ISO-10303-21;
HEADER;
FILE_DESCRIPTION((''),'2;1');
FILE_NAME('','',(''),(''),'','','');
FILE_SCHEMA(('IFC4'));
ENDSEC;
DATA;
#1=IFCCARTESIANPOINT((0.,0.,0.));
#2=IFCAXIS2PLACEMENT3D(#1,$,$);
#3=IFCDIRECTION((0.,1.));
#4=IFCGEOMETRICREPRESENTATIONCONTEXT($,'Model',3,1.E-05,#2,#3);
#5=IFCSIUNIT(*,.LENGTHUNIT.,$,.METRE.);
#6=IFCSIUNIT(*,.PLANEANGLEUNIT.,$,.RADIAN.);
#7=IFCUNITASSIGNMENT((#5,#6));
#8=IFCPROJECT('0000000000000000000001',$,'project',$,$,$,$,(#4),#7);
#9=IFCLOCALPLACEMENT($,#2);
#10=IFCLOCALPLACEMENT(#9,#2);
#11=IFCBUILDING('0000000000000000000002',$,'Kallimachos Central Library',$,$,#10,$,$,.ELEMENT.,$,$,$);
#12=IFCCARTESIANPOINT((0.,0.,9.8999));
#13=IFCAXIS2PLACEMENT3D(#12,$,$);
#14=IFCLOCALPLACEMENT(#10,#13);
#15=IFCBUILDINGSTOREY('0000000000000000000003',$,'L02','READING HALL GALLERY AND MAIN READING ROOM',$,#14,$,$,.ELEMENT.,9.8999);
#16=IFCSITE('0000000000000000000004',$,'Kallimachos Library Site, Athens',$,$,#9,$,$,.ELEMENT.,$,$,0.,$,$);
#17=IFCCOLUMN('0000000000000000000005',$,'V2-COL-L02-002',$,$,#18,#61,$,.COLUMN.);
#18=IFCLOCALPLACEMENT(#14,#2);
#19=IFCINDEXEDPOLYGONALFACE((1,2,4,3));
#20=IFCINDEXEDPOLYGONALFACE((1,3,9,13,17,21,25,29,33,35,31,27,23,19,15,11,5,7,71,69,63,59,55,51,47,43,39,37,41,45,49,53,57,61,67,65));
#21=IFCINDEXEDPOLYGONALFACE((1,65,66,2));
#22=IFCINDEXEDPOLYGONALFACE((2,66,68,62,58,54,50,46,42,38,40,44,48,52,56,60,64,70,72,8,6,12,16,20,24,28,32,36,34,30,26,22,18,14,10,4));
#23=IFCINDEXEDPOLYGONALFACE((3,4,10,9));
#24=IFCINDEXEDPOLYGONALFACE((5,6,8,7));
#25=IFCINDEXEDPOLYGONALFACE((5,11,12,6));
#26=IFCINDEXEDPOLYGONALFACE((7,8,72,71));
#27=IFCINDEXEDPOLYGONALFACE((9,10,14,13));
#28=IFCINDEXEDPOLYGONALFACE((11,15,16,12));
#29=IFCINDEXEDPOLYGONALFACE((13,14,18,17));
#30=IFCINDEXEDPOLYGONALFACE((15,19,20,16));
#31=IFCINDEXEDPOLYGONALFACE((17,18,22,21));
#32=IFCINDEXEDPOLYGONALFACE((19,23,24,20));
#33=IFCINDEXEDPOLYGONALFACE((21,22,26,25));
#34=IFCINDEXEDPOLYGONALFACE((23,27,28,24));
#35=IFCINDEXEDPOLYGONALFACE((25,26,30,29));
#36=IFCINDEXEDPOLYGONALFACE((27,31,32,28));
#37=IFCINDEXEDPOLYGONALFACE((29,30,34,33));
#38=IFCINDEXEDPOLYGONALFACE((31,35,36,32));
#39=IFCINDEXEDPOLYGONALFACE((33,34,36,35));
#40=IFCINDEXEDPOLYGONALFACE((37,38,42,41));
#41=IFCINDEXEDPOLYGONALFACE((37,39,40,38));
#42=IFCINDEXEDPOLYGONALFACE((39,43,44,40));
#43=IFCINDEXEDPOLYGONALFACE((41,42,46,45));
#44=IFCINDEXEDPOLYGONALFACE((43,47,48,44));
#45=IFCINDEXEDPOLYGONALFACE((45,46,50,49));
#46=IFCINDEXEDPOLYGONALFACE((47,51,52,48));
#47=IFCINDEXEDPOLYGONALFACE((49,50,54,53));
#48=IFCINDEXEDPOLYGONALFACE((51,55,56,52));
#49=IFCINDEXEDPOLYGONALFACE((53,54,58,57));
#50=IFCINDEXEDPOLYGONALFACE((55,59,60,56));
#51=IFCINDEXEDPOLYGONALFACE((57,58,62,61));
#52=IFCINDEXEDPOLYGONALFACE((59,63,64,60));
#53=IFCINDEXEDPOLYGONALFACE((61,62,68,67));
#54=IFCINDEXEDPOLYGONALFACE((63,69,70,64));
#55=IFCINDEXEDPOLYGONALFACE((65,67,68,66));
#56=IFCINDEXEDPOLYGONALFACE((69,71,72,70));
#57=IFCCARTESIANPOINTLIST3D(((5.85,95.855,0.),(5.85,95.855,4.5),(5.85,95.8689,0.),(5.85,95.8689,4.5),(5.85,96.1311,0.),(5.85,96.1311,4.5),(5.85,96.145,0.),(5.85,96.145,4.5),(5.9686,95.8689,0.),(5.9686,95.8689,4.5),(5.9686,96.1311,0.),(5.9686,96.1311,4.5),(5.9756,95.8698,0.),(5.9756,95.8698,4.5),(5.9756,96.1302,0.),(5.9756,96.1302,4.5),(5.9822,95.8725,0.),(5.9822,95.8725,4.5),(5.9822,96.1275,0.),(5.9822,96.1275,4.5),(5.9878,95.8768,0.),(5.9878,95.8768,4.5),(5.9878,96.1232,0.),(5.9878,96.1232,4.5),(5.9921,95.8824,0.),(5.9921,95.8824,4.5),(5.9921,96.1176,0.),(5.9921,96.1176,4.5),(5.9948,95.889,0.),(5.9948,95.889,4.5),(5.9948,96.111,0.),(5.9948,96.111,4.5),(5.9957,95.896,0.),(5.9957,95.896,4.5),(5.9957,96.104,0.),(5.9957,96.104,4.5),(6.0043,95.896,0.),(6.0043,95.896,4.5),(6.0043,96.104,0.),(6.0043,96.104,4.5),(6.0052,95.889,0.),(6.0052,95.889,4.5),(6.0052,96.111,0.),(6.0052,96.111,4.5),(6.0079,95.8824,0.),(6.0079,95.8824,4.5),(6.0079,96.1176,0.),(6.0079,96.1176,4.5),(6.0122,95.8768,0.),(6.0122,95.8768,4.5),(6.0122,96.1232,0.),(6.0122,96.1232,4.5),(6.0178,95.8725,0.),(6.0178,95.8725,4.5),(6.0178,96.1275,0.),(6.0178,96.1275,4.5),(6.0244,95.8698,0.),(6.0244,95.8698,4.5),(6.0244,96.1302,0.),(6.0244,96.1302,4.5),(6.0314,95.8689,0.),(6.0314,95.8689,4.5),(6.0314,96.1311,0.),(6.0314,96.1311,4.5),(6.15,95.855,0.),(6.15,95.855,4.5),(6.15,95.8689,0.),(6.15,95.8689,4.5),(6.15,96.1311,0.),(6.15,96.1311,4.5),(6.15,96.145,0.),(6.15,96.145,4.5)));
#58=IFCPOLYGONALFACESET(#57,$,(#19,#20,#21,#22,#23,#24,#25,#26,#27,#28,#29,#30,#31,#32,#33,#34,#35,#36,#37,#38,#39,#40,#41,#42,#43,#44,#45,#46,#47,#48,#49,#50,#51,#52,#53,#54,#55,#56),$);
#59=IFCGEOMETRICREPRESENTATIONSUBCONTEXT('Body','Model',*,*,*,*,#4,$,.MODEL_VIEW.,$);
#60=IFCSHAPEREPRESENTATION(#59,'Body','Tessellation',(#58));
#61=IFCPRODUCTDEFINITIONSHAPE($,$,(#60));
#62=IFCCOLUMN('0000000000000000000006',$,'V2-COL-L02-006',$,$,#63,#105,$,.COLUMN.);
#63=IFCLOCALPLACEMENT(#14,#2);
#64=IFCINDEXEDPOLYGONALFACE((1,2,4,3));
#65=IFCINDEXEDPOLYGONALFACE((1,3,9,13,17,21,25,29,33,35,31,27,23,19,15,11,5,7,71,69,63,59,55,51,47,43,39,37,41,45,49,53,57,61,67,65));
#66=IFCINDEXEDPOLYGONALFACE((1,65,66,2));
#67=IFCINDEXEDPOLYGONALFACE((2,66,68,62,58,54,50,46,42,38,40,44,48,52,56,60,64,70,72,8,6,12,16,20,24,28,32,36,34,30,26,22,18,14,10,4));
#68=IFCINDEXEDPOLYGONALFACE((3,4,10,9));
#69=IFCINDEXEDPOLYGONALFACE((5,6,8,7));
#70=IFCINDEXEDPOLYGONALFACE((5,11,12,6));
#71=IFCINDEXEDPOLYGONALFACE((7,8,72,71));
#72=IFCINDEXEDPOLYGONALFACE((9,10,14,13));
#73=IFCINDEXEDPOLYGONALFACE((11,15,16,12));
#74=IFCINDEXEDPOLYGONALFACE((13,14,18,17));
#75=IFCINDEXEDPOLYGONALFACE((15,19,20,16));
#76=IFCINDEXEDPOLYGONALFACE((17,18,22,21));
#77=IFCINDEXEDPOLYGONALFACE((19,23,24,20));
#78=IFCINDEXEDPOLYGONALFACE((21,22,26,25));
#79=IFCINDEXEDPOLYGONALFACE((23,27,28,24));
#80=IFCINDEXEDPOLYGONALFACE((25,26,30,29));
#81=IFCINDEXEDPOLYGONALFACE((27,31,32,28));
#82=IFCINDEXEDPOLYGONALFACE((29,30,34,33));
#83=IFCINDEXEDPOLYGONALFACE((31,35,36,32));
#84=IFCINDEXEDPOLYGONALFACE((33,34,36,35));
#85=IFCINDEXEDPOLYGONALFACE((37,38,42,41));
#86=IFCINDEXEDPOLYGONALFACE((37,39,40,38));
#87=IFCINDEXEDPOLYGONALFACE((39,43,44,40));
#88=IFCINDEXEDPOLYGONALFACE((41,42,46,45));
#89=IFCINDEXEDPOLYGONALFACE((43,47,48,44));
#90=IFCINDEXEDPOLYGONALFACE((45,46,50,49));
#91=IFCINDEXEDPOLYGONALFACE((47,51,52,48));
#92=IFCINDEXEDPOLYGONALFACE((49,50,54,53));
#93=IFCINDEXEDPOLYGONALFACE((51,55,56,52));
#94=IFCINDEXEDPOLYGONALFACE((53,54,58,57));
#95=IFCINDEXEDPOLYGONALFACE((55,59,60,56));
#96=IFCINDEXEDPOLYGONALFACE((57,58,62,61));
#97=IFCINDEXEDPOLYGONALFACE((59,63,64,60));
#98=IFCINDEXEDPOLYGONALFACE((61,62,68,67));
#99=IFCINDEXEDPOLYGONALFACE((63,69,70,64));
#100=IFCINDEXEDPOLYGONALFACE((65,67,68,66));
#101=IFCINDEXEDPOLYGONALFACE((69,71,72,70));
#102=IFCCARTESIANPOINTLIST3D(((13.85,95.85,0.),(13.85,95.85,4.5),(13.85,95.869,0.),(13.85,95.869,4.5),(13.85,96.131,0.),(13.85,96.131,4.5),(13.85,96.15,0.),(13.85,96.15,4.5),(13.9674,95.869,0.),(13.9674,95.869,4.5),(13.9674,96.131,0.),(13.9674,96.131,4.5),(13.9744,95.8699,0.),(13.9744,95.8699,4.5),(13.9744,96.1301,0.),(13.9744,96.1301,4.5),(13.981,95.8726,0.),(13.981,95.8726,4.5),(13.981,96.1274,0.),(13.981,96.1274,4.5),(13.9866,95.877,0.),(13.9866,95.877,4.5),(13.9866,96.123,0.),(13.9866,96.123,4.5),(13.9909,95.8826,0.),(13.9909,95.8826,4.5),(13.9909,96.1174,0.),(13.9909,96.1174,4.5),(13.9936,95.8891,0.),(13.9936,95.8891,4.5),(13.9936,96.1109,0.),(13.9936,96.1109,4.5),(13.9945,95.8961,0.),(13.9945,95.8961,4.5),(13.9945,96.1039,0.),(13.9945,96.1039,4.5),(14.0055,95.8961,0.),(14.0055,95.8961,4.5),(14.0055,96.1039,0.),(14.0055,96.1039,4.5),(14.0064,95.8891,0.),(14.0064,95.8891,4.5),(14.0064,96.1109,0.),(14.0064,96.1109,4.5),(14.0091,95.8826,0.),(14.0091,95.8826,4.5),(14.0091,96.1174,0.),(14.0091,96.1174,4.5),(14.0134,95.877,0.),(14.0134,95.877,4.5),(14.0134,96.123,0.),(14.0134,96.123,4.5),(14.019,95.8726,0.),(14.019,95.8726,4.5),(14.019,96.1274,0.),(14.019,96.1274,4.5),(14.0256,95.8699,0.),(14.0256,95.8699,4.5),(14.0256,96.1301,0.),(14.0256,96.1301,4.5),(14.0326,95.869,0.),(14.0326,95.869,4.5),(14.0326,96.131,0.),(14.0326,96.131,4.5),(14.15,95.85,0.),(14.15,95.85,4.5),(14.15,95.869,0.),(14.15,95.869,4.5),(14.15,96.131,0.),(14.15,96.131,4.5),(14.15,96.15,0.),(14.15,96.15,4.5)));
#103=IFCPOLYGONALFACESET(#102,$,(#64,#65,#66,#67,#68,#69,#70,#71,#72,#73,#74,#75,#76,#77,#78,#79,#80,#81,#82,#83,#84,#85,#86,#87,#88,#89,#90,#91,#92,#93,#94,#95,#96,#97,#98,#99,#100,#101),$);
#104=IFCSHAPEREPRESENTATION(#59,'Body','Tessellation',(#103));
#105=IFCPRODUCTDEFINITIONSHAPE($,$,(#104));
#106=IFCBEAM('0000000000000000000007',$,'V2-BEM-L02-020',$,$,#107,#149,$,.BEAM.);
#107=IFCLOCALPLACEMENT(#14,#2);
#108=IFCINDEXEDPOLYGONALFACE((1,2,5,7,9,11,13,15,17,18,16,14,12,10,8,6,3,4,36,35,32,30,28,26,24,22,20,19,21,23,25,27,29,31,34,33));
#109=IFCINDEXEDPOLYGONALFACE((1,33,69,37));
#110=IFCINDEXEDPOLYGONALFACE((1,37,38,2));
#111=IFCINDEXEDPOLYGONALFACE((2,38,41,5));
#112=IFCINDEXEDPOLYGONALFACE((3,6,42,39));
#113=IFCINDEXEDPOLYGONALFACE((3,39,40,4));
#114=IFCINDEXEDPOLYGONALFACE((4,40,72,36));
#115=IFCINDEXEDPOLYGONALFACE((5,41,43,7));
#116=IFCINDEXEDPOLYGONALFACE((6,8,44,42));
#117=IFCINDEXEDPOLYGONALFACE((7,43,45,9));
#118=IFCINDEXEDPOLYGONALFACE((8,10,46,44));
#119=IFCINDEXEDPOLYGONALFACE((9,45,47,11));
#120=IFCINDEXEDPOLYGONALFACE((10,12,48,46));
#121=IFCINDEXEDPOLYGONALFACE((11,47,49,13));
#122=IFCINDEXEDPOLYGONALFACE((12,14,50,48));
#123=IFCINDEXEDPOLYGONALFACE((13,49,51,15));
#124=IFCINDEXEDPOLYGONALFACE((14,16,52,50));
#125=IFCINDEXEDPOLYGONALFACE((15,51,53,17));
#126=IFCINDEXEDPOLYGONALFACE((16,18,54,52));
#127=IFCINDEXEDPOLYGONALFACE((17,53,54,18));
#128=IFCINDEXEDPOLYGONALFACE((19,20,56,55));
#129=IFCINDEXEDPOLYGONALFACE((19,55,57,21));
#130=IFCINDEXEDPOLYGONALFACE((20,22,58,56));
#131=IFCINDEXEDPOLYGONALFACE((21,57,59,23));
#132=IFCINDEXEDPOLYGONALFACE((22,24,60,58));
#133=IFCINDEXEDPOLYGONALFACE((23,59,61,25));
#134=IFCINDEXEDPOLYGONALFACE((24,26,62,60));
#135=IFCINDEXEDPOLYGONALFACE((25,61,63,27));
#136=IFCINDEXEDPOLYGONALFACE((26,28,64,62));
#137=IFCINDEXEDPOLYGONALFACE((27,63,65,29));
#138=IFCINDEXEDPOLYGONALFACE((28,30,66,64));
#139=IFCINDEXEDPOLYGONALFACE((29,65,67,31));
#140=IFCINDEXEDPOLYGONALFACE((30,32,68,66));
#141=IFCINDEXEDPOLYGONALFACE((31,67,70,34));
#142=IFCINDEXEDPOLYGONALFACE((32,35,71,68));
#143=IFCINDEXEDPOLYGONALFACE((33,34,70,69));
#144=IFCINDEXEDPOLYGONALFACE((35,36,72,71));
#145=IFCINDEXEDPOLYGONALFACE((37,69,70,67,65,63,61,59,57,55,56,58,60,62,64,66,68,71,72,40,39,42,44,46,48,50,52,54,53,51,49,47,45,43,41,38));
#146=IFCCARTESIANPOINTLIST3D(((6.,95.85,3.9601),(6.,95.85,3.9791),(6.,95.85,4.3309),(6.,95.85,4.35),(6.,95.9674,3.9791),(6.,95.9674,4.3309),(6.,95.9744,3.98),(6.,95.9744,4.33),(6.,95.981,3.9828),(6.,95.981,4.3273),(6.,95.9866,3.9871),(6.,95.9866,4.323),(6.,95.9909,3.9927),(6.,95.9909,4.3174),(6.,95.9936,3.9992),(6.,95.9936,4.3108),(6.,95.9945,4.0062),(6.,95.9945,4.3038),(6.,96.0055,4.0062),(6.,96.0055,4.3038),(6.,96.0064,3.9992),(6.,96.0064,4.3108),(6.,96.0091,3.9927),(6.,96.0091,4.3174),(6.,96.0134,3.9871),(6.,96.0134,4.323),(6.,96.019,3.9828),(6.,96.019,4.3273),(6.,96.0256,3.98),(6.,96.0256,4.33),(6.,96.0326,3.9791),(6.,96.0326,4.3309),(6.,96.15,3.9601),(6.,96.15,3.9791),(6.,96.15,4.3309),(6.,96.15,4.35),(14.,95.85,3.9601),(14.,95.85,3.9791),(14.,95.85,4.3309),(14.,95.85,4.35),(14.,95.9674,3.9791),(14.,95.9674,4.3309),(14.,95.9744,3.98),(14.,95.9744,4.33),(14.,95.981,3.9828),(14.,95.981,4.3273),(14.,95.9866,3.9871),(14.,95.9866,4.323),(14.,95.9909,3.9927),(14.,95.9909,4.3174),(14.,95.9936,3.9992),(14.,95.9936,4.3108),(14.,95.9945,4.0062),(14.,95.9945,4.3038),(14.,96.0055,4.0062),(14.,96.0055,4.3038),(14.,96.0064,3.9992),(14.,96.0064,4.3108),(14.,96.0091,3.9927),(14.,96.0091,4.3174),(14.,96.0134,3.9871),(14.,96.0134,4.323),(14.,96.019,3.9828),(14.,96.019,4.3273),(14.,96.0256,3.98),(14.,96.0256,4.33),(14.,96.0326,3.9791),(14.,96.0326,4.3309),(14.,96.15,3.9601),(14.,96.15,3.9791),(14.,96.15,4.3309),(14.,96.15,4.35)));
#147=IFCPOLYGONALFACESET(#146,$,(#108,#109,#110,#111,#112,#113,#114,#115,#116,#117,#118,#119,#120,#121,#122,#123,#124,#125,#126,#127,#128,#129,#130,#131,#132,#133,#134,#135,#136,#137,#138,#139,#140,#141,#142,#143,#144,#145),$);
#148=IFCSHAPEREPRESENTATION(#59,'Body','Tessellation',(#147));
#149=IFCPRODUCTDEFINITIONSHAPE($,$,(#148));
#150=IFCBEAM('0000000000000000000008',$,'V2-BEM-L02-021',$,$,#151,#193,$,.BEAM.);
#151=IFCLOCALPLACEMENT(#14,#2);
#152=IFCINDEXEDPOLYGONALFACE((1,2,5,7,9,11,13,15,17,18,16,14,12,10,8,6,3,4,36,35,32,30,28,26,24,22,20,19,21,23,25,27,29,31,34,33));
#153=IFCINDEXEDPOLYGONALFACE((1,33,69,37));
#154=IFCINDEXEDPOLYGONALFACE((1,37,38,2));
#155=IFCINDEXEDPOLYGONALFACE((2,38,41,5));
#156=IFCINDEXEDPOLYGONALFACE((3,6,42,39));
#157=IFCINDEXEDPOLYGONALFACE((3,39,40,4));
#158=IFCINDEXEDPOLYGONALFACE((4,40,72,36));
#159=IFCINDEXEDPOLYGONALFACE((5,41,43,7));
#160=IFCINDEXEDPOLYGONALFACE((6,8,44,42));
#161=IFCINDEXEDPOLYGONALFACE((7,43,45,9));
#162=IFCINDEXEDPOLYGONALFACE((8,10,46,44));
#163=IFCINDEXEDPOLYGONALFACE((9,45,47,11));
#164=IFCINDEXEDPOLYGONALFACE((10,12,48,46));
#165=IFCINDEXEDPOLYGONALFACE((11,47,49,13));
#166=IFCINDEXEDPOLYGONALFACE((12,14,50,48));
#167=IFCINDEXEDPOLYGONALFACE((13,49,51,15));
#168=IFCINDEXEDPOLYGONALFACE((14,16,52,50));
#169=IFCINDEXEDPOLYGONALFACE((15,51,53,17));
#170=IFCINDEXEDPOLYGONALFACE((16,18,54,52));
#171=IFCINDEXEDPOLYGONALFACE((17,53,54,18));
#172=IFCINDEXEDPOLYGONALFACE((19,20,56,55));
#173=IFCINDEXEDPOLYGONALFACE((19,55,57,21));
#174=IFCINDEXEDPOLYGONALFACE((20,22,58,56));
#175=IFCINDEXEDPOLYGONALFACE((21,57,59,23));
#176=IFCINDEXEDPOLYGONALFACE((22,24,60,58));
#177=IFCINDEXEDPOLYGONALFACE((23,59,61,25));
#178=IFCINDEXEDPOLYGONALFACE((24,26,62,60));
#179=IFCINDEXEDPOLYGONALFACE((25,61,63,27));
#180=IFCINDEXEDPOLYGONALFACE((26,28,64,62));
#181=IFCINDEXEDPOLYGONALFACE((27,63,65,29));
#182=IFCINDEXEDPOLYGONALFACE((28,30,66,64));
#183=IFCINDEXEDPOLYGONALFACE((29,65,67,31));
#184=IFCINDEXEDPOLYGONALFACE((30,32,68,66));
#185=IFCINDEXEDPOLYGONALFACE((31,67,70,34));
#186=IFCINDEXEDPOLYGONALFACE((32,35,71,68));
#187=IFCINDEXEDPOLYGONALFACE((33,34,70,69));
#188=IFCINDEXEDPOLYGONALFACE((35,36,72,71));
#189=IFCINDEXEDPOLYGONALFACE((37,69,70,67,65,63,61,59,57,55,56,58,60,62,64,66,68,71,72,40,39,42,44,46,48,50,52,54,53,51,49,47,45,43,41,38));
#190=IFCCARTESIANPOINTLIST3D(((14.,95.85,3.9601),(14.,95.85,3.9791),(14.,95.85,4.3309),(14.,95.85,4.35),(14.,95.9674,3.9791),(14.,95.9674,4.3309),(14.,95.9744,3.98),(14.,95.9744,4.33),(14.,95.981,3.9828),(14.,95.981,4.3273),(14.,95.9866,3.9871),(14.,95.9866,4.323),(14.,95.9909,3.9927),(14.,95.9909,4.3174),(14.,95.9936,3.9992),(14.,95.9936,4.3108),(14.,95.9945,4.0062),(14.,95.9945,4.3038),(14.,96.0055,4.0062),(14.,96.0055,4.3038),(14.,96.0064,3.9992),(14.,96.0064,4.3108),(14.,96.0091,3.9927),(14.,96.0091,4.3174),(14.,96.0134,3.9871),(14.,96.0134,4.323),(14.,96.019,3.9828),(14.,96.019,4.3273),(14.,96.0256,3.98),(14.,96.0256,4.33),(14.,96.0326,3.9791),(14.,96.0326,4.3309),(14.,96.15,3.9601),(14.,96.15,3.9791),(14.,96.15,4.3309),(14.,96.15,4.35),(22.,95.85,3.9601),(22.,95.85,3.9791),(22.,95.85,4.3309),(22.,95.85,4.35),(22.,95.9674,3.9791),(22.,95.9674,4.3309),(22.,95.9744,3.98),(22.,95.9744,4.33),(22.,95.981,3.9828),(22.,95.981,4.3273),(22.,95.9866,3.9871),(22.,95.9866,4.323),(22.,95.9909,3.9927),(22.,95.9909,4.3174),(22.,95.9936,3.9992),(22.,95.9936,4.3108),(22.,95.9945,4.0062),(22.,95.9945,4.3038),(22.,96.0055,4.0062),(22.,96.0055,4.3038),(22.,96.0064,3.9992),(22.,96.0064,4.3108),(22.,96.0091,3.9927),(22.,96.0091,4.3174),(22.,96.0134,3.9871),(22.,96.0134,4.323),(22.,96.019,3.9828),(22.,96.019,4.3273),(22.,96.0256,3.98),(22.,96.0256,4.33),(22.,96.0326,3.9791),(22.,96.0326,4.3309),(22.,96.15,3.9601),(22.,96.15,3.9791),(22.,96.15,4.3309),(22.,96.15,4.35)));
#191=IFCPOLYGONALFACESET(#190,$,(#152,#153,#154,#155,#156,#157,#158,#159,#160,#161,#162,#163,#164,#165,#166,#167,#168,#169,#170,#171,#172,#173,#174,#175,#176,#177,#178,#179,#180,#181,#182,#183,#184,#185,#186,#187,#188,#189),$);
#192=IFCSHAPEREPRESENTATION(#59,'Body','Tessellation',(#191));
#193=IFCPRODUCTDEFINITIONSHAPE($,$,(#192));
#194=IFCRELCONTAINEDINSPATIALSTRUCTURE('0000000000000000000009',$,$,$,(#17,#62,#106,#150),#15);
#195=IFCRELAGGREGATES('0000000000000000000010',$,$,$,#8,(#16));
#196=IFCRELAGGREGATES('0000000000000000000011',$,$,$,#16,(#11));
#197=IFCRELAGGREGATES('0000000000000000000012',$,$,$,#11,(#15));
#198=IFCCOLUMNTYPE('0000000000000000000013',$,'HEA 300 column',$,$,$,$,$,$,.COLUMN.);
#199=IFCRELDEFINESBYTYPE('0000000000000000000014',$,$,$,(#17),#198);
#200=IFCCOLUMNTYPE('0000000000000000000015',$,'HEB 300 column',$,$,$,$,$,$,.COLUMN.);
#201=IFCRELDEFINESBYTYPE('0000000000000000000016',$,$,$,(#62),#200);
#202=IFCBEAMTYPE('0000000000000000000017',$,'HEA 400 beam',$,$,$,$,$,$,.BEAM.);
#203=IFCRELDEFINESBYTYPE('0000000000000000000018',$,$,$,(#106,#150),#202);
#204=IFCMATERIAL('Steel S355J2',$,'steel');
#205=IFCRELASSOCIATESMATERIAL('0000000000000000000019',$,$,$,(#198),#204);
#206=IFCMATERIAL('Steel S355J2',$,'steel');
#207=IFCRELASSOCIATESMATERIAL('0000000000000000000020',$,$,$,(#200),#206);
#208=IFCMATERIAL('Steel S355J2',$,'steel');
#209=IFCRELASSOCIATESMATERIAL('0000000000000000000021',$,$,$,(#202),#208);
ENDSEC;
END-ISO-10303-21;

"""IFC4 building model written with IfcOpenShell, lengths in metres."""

from ifc_helpers import new_model, si_unit, direction, frame, origin, origin_2d, place, context, subcontext, project, spatial, i_section, extrude, material, material_profile, profile_set, type_object, element, save


model = new_model("IFC4")

# Units and contexts
model_context = context("Model", 3, precision=1e-05, world=origin(), true_north=direction((0.0, 1.0)))
body_context = subcontext(model_context, "Body", "Model", "MODEL_VIEW")
ifc_project = project(units=[si_unit("LENGTHUNIT", "METRE"), si_unit("PLANEANGLEUNIT", "RADIAN")], contexts=[model_context])

# Site, building, storey
site_placement = place(None, origin())
site = spatial("IfcSite", under=ifc_project, at=site_placement, Name="Kallimachos Library Site, Athens", CompositionType="ELEMENT", RefElevation=0.0)
building_placement = place(site_placement, origin())
building = spatial("IfcBuilding", under=site, at=building_placement, Name="Kallimachos Central Library", CompositionType="ELEMENT")
storey_placement = place(building_placement, frame((0.0, 0.0, 9.8999)))
storey = spatial("IfcBuildingStorey", under=building, at=storey_placement, Name="L02", Description="READING HALL GALLERY AND MAIN READING ROOM", CompositionType="ELEMENT", Elevation=9.8999)

# Columns
ifc_material_1 = material(Name="Steel S355J2", Category="steel")
ifc_material_profile_1 = material_profile(ifc_material_1, i_section(OverallWidth=0.3, OverallDepth=0.29, WebThickness=0.0085, FlangeThickness=0.0139, FilletRadius=0.0271, at=origin_2d()), Name="HEA 300")
ifc_profile_set_1 = profile_set([ifc_material_profile_1], Name="Steel S355J2")
column_type_1 = type_object("IfcColumnType", Name="HEA 300 column", PredefinedType="COLUMN", material=ifc_profile_set_1)
column_1_placement = place(storey_placement, frame((6.0, 96.0, 0.0), z_axis=(0.0, 0.0, 1.0), x_axis=(1.0, 0.0, 0.0)))
element("IfcColumn", 1, at=column_1_placement, inside=storey, type_object=column_type_1, Name="V2-COL-L02-002", PredefinedType="COLUMN", context=body_context, shape_type="SweptSolid", body=[
    extrude(i_section(OverallWidth=0.3, OverallDepth=0.29, WebThickness=0.0085, FlangeThickness=0.0139, FilletRadius=0.0271, at=origin_2d()), origin(), (0.0, 0.0, 1.0), 4.5),
])
ifc_material_2 = material(Name="Steel S355J2", Category="steel")
ifc_material_profile_2 = material_profile(ifc_material_2, i_section(OverallWidth=0.3, OverallDepth=0.3, WebThickness=0.011, FlangeThickness=0.019, FilletRadius=0.0271, at=origin_2d()), Name="HEB 300")
ifc_profile_set_2 = profile_set([ifc_material_profile_2], Name="Steel S355J2")
column_type_2 = type_object("IfcColumnType", Name="HEB 300 column", PredefinedType="COLUMN", material=ifc_profile_set_2)
column_2_placement = place(storey_placement, frame((14.0, 96.0, 0.0), z_axis=(0.0, 0.0, 1.0), x_axis=(1.0, 0.0, 0.0)))
element("IfcColumn", 2, at=column_2_placement, inside=storey, type_object=column_type_2, Name="V2-COL-L02-006", PredefinedType="COLUMN", context=body_context, shape_type="SweptSolid", body=[
    extrude(i_section(OverallWidth=0.3, OverallDepth=0.3, WebThickness=0.011, FlangeThickness=0.019, FilletRadius=0.0271, at=origin_2d()), origin(), (0.0, 0.0, 1.0), 4.5),
])

# Beams
ifc_material_3 = material(Name="Steel S355J2", Category="steel")
ifc_material_profile_3 = material_profile(ifc_material_3, i_section(OverallWidth=0.3, OverallDepth=0.3899, WebThickness=0.011, FlangeThickness=0.019, FilletRadius=0.0271, at=origin_2d()), Name="HEA 400")
ifc_profile_set_3 = profile_set([ifc_material_profile_3], Name="Steel S355J2")
beam_type_1 = type_object("IfcBeamType", Name="HEA 400 beam", PredefinedType="BEAM", material=ifc_profile_set_3)
for number, where, z_axis, x_axis, name in (
    (3, (6.0, 96.0, 4.155), (1.0, 0.0, 0.0), (0.0, 1.0, 0.0), "V2-BEM-L02-020"),
    (4, (14.0, 96.0, 4.155), (1.0, 0.0, 0.0), (0.0, 1.0, 0.0), "V2-BEM-L02-021"),
):
    element("IfcBeam", number, at=place(storey_placement, frame(where, z_axis=z_axis, x_axis=x_axis)), inside=storey, type_object=beam_type_1, Name=name, PredefinedType="BEAM", context=body_context, shape_type="SweptSolid", body=[
        extrude(i_section(OverallWidth=0.3, OverallDepth=0.3899, WebThickness=0.011, FlangeThickness=0.019, FilletRadius=0.0271, at=origin_2d()), origin(), (0.0, 0.0, 1.0), 8.0),
    ])

save(model, "model.ifc")
